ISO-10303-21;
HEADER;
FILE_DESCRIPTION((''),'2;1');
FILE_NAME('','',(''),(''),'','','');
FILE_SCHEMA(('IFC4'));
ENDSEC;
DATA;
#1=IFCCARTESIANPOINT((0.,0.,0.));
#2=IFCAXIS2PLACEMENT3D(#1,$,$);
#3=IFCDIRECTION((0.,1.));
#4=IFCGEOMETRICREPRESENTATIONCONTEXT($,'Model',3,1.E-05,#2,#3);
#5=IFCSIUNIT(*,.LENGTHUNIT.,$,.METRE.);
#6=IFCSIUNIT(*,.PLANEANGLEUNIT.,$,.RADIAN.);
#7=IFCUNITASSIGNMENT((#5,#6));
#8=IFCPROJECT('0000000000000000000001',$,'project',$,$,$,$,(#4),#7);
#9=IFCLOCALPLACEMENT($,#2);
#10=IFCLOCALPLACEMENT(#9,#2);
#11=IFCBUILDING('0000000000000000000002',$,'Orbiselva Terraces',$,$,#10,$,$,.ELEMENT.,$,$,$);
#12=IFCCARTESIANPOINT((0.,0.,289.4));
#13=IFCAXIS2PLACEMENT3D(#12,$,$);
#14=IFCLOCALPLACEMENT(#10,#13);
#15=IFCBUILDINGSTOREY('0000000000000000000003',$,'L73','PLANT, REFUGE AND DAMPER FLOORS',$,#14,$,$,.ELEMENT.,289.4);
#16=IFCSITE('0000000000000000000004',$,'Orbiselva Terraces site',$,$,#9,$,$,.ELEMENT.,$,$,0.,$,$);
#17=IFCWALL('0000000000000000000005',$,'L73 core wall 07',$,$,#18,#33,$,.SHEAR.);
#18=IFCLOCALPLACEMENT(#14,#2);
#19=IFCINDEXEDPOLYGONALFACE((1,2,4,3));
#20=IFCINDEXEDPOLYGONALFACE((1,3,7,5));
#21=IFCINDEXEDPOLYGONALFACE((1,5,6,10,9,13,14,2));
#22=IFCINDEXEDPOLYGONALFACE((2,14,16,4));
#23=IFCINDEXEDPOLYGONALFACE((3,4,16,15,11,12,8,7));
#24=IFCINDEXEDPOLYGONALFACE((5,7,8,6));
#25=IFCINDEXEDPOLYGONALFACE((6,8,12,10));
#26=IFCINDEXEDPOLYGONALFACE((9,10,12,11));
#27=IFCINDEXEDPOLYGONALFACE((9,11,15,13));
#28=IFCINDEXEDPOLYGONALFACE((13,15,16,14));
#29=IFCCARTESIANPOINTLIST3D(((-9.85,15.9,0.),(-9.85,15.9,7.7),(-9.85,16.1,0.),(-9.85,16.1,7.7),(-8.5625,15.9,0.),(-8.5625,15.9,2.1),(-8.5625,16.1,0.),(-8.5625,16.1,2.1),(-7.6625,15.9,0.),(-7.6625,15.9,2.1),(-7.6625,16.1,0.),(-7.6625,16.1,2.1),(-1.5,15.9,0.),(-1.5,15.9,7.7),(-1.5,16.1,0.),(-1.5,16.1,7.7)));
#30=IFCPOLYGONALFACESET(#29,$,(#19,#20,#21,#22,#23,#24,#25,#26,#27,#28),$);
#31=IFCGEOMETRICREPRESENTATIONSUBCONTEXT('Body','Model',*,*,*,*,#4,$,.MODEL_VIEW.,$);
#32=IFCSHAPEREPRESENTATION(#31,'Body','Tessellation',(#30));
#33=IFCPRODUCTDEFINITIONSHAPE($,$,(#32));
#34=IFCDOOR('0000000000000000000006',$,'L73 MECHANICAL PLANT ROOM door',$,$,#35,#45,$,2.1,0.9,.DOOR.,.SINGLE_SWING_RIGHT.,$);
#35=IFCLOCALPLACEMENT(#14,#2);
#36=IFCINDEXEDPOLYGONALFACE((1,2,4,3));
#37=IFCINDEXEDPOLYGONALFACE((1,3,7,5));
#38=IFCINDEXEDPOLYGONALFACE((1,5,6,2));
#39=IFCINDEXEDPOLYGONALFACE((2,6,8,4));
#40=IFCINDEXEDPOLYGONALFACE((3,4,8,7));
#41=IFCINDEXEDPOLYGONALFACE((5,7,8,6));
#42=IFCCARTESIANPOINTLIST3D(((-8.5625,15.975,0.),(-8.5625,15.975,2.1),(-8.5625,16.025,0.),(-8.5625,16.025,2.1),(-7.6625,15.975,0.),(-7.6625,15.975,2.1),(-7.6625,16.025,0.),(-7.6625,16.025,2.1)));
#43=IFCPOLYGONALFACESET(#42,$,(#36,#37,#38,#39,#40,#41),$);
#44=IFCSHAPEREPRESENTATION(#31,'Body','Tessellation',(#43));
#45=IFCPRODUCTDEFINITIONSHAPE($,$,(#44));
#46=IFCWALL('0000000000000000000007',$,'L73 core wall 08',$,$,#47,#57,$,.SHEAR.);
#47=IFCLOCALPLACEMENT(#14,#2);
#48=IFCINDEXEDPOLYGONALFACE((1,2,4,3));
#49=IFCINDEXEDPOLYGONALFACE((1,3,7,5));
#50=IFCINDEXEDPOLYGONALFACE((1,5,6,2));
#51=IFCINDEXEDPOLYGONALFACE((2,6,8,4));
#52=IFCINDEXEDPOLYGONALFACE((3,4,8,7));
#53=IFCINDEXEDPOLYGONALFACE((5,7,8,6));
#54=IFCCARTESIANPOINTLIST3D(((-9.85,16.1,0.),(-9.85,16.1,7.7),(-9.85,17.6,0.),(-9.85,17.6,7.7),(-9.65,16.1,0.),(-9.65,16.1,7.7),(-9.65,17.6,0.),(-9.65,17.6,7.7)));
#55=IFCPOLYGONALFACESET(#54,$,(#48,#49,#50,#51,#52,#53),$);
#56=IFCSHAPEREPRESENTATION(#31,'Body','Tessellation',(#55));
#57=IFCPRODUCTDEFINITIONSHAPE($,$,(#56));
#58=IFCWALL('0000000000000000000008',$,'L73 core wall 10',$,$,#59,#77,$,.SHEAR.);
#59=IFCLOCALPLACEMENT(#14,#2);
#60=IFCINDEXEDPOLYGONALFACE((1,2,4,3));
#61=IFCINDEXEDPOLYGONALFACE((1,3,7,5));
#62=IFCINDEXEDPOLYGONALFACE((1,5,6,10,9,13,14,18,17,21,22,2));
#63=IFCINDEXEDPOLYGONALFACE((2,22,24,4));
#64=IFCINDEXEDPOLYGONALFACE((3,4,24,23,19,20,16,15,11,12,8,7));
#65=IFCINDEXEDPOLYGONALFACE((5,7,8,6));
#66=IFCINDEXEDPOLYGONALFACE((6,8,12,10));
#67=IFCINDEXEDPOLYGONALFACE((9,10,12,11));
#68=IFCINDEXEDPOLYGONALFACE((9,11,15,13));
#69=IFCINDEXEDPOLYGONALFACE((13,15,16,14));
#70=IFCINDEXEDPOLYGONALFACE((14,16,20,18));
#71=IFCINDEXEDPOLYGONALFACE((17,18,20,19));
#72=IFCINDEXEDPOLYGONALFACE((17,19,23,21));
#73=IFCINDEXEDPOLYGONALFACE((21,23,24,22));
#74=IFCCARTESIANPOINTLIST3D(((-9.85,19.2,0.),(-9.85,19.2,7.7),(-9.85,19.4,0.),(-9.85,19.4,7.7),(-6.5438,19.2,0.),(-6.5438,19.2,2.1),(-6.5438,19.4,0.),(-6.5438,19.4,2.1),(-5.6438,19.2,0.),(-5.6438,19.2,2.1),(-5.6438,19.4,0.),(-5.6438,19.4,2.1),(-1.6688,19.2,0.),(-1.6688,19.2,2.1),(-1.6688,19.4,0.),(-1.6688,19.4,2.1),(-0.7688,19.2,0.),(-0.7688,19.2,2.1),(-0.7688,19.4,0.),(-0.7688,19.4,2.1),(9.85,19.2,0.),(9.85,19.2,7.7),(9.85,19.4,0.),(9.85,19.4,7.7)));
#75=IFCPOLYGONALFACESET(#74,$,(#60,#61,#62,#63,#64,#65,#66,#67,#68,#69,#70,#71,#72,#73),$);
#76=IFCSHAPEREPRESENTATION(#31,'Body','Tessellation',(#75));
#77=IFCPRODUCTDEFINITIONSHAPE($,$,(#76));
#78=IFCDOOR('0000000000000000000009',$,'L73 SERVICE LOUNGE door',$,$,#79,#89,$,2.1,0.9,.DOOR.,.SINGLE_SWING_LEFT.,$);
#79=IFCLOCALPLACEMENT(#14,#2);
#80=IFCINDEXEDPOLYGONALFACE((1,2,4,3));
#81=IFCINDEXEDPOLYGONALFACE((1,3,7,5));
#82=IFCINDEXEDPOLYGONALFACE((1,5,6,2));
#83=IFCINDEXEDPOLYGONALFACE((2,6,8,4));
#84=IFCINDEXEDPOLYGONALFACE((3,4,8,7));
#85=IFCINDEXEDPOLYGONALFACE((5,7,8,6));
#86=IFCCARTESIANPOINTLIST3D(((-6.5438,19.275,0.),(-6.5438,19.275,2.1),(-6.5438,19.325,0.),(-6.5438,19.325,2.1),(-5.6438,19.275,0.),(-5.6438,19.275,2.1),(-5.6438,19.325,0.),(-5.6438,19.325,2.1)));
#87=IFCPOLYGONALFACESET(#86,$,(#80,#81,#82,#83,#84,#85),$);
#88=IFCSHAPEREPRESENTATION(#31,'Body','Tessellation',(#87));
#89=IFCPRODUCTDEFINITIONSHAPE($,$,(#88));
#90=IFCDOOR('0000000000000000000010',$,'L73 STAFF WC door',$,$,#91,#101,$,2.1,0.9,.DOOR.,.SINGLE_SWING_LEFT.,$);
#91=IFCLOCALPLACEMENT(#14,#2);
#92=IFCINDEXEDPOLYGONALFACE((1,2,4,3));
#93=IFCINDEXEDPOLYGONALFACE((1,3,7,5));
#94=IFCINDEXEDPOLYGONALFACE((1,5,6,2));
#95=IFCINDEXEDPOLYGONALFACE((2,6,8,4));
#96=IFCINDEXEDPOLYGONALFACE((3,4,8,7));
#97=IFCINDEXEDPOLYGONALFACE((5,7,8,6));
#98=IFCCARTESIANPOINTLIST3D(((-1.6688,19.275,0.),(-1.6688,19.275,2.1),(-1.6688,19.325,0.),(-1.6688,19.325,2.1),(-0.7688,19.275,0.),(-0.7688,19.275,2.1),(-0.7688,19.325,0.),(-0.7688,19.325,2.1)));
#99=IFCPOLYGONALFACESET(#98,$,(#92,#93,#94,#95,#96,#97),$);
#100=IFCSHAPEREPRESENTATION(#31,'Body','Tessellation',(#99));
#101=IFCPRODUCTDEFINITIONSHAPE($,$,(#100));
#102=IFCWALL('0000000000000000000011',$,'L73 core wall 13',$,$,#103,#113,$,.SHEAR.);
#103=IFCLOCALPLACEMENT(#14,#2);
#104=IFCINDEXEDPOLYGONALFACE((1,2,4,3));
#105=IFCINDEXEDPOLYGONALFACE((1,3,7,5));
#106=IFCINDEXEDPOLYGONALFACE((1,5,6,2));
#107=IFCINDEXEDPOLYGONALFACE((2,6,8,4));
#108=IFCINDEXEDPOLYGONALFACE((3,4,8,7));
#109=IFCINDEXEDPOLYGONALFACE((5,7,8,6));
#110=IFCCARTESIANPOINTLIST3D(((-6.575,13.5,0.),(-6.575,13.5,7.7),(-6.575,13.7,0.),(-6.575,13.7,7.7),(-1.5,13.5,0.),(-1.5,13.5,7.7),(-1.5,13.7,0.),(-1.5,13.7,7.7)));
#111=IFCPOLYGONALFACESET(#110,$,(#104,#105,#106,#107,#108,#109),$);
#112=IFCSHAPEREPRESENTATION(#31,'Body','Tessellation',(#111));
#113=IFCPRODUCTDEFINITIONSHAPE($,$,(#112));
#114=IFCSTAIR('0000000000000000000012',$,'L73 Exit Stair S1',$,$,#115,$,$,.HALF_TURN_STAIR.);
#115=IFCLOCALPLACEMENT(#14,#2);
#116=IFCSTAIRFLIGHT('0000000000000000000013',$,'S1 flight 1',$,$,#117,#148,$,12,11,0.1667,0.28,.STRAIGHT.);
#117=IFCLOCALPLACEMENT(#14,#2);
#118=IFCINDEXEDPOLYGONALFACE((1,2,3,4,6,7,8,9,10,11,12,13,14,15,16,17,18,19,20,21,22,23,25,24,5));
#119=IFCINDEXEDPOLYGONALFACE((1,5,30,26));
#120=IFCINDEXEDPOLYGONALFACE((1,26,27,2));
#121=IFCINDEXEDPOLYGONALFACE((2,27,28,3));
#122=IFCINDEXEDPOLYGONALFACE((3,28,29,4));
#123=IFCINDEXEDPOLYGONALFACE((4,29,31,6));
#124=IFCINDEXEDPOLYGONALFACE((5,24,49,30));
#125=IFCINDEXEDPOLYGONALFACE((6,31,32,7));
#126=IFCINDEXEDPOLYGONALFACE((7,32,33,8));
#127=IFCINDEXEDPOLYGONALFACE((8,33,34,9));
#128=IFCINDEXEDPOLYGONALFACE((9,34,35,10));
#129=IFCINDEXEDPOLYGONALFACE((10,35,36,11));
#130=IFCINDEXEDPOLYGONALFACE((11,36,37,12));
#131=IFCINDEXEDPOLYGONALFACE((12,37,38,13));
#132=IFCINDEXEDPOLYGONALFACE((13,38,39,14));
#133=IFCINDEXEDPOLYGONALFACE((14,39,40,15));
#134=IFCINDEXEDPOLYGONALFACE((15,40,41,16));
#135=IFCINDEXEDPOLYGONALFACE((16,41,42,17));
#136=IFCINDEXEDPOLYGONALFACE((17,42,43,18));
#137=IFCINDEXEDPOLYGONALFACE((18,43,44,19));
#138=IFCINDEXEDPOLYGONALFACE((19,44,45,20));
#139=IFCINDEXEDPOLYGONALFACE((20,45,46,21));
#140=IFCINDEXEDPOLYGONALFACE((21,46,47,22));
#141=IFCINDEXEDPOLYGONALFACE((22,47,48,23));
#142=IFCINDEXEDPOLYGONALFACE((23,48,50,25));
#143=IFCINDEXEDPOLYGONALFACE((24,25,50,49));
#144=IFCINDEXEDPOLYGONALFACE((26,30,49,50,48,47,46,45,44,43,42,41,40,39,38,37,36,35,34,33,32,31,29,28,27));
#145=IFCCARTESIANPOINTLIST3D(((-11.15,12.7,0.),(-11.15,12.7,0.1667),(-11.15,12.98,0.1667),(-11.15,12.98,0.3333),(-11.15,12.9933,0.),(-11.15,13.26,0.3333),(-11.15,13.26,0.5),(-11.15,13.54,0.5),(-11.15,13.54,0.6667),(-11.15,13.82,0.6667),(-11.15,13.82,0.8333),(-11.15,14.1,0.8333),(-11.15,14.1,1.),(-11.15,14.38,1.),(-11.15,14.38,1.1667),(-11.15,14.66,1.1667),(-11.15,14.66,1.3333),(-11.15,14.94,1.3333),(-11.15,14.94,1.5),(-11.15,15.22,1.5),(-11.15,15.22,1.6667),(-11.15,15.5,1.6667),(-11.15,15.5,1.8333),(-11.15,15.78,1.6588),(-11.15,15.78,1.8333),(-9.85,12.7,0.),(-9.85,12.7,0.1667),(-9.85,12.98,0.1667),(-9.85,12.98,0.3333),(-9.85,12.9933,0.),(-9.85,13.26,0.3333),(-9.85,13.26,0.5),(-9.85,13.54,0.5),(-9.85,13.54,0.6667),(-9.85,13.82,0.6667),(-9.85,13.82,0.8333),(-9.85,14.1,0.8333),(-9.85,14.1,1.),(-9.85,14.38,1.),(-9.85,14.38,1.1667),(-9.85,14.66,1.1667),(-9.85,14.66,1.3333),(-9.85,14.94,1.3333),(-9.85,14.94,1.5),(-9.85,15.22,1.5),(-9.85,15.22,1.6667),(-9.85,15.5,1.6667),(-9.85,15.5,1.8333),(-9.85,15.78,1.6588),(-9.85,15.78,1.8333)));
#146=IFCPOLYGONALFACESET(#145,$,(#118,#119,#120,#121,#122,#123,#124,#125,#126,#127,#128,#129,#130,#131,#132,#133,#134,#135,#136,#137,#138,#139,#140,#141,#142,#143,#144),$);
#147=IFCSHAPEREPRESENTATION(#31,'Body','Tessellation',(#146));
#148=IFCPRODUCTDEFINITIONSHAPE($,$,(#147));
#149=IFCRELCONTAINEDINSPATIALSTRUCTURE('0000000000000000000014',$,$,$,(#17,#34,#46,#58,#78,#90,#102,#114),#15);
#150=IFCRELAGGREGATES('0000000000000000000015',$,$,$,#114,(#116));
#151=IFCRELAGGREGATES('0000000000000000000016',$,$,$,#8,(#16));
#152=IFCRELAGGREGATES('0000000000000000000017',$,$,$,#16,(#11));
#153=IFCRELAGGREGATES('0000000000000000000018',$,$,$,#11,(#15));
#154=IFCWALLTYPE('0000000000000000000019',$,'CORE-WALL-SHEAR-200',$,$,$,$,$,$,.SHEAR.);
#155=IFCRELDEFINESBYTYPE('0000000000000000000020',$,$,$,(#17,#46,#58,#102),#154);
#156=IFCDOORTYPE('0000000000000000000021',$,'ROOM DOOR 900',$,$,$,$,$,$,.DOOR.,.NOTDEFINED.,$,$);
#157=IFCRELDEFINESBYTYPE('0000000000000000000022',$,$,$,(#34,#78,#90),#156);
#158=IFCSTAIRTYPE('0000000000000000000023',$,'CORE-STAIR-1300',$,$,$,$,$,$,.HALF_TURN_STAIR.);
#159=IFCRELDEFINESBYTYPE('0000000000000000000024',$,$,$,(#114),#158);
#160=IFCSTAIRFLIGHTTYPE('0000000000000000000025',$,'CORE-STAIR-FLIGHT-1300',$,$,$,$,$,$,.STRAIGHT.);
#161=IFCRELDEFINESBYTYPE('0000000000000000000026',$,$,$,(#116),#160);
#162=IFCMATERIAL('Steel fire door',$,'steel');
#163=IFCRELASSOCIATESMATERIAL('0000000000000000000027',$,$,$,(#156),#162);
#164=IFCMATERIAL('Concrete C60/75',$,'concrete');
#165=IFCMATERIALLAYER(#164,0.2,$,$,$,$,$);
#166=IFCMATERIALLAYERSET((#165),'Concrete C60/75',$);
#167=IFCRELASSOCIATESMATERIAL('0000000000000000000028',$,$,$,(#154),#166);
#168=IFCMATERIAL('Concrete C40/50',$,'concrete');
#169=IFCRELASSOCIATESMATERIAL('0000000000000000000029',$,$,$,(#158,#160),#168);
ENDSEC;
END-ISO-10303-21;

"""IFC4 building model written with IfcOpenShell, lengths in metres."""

from ifc_helpers import new_model, si_unit, direction, frame, frame_2d, origin, place, context, subcontext, project, spatial, polyline, rectangle, outline, extrude, material, layer, layer_set, type_object, element, fill, aggregate, save


model = new_model("IFC4")

# Units and contexts
model_context = context("Model", 3, precision=1e-05, world=origin(), true_north=direction((0.0, 1.0)))
body_context = subcontext(model_context, "Body", "Model", "MODEL_VIEW")
ifc_project = project(units=[si_unit("LENGTHUNIT", "METRE"), si_unit("PLANEANGLEUNIT", "RADIAN")], contexts=[model_context])

# Site, building, storey
site_placement = place(None, origin())
site = spatial("IfcSite", under=ifc_project, at=site_placement, Name="Orbiselva Terraces site", CompositionType="ELEMENT", RefElevation=0.0)
building_placement = place(site_placement, origin())
building = spatial("IfcBuilding", under=site, at=building_placement, Name="Orbiselva Terraces", CompositionType="ELEMENT")
storey_placement = place(building_placement, frame((0.0, 0.0, 289.4)))
storey = spatial("IfcBuildingStorey", under=building, at=storey_placement, Name="L73", Description="PLANT, REFUGE AND DAMPER FLOORS", CompositionType="ELEMENT", Elevation=289.4)

# Shared definitions
ifc_material_1 = material(Name="Steel fire door", Category="steel")
door_type_1 = type_object("IfcDoorType", Name="ROOM DOOR 900", OperationType="NOTDEFINED", PredefinedType="DOOR", material=ifc_material_1)

# Shared definitions
ifc_material_2 = material(Name="Concrete C40/50", Category="concrete")
ifc_material_3 = material(Name="Concrete C60/75", Category="concrete")
ifc_layer_1 = layer(ifc_material_3, 0.2)
ifc_layer_set_1 = layer_set([ifc_layer_1], Name="Concrete C60/75")
wall_type_1 = type_object("IfcWallType", Name="CORE-WALL-SHEAR-200", PredefinedType="SHEAR", material=ifc_layer_set_1)

# Wall, opening, door
wall_1_placement = place(storey_placement, frame((-1.5, 16.0, 0.0), z_axis=(0.0, 0.0, 1.0), x_axis=(-1.0, 0.0, 0.0)))
wall_1 = element("IfcWall", 1, at=wall_1_placement, inside=storey, type_object=wall_type_1, Name="L73 core wall 07", PredefinedType="SHEAR", context=body_context, shape_type="SweptSolid", body=[
    extrude(rectangle(XDim=8.35, YDim=0.2, at=frame_2d((4.175, 0.0))), origin(), (0.0, 0.0, 1.0), 7.7),
])
opening_1_placement = place(wall_1_placement, frame((6.1625, 0.0, 0.0)))
opening_1 = element("IfcOpeningElement", 2, at=opening_1_placement, cuts=wall_1, PredefinedType="OPENING", context=body_context, shape_type="SweptSolid", body=[
    extrude(rectangle(XDim=0.9, YDim=2.1, at=frame_2d((0.45, 1.05))), frame((0.0, 0.11, 0.0), z_axis=(0.0, -1.0, 0.0), x_axis=(1.0, 0.0, 0.0)), (0.0, 0.0, 1.0), 0.22),
])
door_1_placement = place(opening_1_placement, origin())
door_1 = element("IfcDoor", 3, at=door_1_placement, inside=storey, type_object=door_type_1, Name="L73 MECHANICAL PLANT ROOM door", OperationType="SINGLE_SWING_RIGHT", OverallHeight=2.1, OverallWidth=0.9, PredefinedType="DOOR", context=body_context, shape_type="SweptSolid", body=[
    extrude(rectangle(XDim=0.9, YDim=2.1, at=frame_2d((0.45, 1.05))), frame((0.0, 0.025, 0.0), z_axis=(0.0, -1.0, 0.0), x_axis=(1.0, 0.0, 0.0)), (0.0, 0.0, 1.0), 0.05),
])
fill(opening_1, door_1)

# Wall
wall_2_placement = place(storey_placement, frame((-9.75, 16.1, 0.0), z_axis=(0.0, 0.0, 1.0), x_axis=(0.0, 1.0, 0.0)))
element("IfcWall", 4, at=wall_2_placement, inside=storey, type_object=wall_type_1, Name="L73 core wall 08", PredefinedType="SHEAR", context=body_context, shape_type="SweptSolid", body=[
    extrude(rectangle(XDim=1.5, YDim=0.2, at=frame_2d((0.75, 0.0))), origin(), (0.0, 0.0, 1.0), 7.7),
])

# Wall, openings, doors
wall_3_placement = place(storey_placement, frame((-9.85, 19.3, 0.0), z_axis=(0.0, 0.0, 1.0), x_axis=(1.0, 0.0, 0.0)))
wall_3 = element("IfcWall", 5, at=wall_3_placement, inside=storey, type_object=wall_type_1, Name="L73 core wall 10", PredefinedType="SHEAR", context=body_context, shape_type="SweptSolid", body=[
    extrude(rectangle(XDim=19.7, YDim=0.2, at=frame_2d((9.85, 0.0))), origin(), (0.0, 0.0, 1.0), 7.7),
])
opening_2_placement = place(wall_3_placement, frame((3.3062, 0.0, 0.0)))
opening_2 = element("IfcOpeningElement", 6, at=opening_2_placement, cuts=wall_3, PredefinedType="OPENING", context=body_context, shape_type="SweptSolid", body=[
    extrude(rectangle(XDim=0.9, YDim=2.1, at=frame_2d((0.45, 1.05))), frame((0.0, 0.11, 0.0), z_axis=(0.0, -1.0, 0.0), x_axis=(1.0, 0.0, 0.0)), (0.0, 0.0, 1.0), 0.22),
])
opening_3_placement = place(wall_3_placement, frame((8.1812, 0.0, 0.0)))
opening_3 = element("IfcOpeningElement", 7, at=opening_3_placement, cuts=wall_3, PredefinedType="OPENING", context=body_context, shape_type="SweptSolid", body=[
    extrude(rectangle(XDim=0.9, YDim=2.1, at=frame_2d((0.45, 1.05))), frame((0.0, 0.11, 0.0), z_axis=(0.0, -1.0, 0.0), x_axis=(1.0, 0.0, 0.0)), (0.0, 0.0, 1.0), 0.22),
])
door_2_placement = place(opening_2_placement, origin())
door_2 = element("IfcDoor", 8, at=door_2_placement, inside=storey, type_object=door_type_1, Name="L73 SERVICE LOUNGE door", OperationType="SINGLE_SWING_LEFT", OverallHeight=2.1, OverallWidth=0.9, PredefinedType="DOOR", context=body_context, shape_type="SweptSolid", body=[
    extrude(rectangle(XDim=0.9, YDim=2.1, at=frame_2d((0.45, 1.05))), frame((0.0, 0.025, 0.0), z_axis=(0.0, -1.0, 0.0), x_axis=(1.0, 0.0, 0.0)), (0.0, 0.0, 1.0), 0.05),
])
fill(opening_2, door_2)
door_3_placement = place(opening_3_placement, origin())
door_3 = element("IfcDoor", 9, at=door_3_placement, inside=storey, type_object=door_type_1, Name="L73 STAFF WC door", OperationType="SINGLE_SWING_LEFT", OverallHeight=2.1, OverallWidth=0.9, PredefinedType="DOOR", context=body_context, shape_type="SweptSolid", body=[
    extrude(rectangle(XDim=0.9, YDim=2.1, at=frame_2d((0.45, 1.05))), frame((0.0, 0.025, 0.0), z_axis=(0.0, -1.0, 0.0), x_axis=(1.0, 0.0, 0.0)), (0.0, 0.0, 1.0), 0.05),
])
fill(opening_3, door_3)

# Wall
wall_4_placement = place(storey_placement, frame((-6.575, 13.6, 0.0), z_axis=(0.0, 0.0, 1.0), x_axis=(1.0, 0.0, 0.0)))
element("IfcWall", 10, at=wall_4_placement, inside=storey, type_object=wall_type_1, Name="L73 core wall 13", PredefinedType="SHEAR", context=body_context, shape_type="SweptSolid", body=[
    extrude(rectangle(XDim=5.075, YDim=0.2, at=frame_2d((2.5375, 0.0))), origin(), (0.0, 0.0, 1.0), 7.7),
])

# Stair, stair flight
stair_type = type_object("IfcStairType", Name="CORE-STAIR-1300", PredefinedType="HALF_TURN_STAIR", material=ifc_material_2)
stair_placement = place(storey_placement, origin())
stair = element("IfcStair", 11, at=stair_placement, inside=storey, type_object=stair_type, Name="L73 Exit Stair S1", PredefinedType="HALF_TURN_STAIR")
stair_flight_type = type_object("IfcStairFlightType", Name="CORE-STAIR-FLIGHT-1300", PredefinedType="STRAIGHT", material=ifc_material_2)
stair_flight_1_placement = place(storey_placement, frame((-10.5, 12.7, 0.0), z_axis=(0.0, 0.0, 1.0), x_axis=(0.0, 1.0, 0.0)))
stair_flight_1 = element("IfcStairFlight", 12, at=stair_flight_1_placement, type_object=stair_flight_type, Name="S1 flight 1", NumberOfRisers=12, NumberOfTreads=11, PredefinedType="STRAIGHT", RiserHeight=0.1667, TreadLength=0.28, context=body_context, shape_type="SweptSolid", body=[
    extrude(outline(polyline([(0.0, 0.0), (0.0, 0.1667), (0.28, 0.1667), (0.28, 0.3333), (0.56, 0.3333), (0.56, 0.5), (0.84, 0.5), (0.84, 0.6667), (1.12, 0.6667), (1.12, 0.8333), (1.4, 0.8333), (1.4, 1.0), (1.68, 1.0), (1.68, 1.1667), (1.96, 1.1667), (1.96, 1.3333), (2.24, 1.3333), (2.24, 1.5), (2.52, 1.5), (2.52, 1.6667), (2.8, 1.6667), (2.8, 1.8333), (3.08, 1.8333), (3.08, 2.0), (3.08, 1.6588), (0.2933, 0.0), (0.0, 0.0)])), frame((0.0, 0.65, 0.0), z_axis=(0.0, -1.0, 0.0), x_axis=(1.0, 0.0, 0.0)), (0.0, 0.0, 1.0), 1.3),
])
aggregate(stair, [stair_flight_1])

save(model, "model.ifc")
